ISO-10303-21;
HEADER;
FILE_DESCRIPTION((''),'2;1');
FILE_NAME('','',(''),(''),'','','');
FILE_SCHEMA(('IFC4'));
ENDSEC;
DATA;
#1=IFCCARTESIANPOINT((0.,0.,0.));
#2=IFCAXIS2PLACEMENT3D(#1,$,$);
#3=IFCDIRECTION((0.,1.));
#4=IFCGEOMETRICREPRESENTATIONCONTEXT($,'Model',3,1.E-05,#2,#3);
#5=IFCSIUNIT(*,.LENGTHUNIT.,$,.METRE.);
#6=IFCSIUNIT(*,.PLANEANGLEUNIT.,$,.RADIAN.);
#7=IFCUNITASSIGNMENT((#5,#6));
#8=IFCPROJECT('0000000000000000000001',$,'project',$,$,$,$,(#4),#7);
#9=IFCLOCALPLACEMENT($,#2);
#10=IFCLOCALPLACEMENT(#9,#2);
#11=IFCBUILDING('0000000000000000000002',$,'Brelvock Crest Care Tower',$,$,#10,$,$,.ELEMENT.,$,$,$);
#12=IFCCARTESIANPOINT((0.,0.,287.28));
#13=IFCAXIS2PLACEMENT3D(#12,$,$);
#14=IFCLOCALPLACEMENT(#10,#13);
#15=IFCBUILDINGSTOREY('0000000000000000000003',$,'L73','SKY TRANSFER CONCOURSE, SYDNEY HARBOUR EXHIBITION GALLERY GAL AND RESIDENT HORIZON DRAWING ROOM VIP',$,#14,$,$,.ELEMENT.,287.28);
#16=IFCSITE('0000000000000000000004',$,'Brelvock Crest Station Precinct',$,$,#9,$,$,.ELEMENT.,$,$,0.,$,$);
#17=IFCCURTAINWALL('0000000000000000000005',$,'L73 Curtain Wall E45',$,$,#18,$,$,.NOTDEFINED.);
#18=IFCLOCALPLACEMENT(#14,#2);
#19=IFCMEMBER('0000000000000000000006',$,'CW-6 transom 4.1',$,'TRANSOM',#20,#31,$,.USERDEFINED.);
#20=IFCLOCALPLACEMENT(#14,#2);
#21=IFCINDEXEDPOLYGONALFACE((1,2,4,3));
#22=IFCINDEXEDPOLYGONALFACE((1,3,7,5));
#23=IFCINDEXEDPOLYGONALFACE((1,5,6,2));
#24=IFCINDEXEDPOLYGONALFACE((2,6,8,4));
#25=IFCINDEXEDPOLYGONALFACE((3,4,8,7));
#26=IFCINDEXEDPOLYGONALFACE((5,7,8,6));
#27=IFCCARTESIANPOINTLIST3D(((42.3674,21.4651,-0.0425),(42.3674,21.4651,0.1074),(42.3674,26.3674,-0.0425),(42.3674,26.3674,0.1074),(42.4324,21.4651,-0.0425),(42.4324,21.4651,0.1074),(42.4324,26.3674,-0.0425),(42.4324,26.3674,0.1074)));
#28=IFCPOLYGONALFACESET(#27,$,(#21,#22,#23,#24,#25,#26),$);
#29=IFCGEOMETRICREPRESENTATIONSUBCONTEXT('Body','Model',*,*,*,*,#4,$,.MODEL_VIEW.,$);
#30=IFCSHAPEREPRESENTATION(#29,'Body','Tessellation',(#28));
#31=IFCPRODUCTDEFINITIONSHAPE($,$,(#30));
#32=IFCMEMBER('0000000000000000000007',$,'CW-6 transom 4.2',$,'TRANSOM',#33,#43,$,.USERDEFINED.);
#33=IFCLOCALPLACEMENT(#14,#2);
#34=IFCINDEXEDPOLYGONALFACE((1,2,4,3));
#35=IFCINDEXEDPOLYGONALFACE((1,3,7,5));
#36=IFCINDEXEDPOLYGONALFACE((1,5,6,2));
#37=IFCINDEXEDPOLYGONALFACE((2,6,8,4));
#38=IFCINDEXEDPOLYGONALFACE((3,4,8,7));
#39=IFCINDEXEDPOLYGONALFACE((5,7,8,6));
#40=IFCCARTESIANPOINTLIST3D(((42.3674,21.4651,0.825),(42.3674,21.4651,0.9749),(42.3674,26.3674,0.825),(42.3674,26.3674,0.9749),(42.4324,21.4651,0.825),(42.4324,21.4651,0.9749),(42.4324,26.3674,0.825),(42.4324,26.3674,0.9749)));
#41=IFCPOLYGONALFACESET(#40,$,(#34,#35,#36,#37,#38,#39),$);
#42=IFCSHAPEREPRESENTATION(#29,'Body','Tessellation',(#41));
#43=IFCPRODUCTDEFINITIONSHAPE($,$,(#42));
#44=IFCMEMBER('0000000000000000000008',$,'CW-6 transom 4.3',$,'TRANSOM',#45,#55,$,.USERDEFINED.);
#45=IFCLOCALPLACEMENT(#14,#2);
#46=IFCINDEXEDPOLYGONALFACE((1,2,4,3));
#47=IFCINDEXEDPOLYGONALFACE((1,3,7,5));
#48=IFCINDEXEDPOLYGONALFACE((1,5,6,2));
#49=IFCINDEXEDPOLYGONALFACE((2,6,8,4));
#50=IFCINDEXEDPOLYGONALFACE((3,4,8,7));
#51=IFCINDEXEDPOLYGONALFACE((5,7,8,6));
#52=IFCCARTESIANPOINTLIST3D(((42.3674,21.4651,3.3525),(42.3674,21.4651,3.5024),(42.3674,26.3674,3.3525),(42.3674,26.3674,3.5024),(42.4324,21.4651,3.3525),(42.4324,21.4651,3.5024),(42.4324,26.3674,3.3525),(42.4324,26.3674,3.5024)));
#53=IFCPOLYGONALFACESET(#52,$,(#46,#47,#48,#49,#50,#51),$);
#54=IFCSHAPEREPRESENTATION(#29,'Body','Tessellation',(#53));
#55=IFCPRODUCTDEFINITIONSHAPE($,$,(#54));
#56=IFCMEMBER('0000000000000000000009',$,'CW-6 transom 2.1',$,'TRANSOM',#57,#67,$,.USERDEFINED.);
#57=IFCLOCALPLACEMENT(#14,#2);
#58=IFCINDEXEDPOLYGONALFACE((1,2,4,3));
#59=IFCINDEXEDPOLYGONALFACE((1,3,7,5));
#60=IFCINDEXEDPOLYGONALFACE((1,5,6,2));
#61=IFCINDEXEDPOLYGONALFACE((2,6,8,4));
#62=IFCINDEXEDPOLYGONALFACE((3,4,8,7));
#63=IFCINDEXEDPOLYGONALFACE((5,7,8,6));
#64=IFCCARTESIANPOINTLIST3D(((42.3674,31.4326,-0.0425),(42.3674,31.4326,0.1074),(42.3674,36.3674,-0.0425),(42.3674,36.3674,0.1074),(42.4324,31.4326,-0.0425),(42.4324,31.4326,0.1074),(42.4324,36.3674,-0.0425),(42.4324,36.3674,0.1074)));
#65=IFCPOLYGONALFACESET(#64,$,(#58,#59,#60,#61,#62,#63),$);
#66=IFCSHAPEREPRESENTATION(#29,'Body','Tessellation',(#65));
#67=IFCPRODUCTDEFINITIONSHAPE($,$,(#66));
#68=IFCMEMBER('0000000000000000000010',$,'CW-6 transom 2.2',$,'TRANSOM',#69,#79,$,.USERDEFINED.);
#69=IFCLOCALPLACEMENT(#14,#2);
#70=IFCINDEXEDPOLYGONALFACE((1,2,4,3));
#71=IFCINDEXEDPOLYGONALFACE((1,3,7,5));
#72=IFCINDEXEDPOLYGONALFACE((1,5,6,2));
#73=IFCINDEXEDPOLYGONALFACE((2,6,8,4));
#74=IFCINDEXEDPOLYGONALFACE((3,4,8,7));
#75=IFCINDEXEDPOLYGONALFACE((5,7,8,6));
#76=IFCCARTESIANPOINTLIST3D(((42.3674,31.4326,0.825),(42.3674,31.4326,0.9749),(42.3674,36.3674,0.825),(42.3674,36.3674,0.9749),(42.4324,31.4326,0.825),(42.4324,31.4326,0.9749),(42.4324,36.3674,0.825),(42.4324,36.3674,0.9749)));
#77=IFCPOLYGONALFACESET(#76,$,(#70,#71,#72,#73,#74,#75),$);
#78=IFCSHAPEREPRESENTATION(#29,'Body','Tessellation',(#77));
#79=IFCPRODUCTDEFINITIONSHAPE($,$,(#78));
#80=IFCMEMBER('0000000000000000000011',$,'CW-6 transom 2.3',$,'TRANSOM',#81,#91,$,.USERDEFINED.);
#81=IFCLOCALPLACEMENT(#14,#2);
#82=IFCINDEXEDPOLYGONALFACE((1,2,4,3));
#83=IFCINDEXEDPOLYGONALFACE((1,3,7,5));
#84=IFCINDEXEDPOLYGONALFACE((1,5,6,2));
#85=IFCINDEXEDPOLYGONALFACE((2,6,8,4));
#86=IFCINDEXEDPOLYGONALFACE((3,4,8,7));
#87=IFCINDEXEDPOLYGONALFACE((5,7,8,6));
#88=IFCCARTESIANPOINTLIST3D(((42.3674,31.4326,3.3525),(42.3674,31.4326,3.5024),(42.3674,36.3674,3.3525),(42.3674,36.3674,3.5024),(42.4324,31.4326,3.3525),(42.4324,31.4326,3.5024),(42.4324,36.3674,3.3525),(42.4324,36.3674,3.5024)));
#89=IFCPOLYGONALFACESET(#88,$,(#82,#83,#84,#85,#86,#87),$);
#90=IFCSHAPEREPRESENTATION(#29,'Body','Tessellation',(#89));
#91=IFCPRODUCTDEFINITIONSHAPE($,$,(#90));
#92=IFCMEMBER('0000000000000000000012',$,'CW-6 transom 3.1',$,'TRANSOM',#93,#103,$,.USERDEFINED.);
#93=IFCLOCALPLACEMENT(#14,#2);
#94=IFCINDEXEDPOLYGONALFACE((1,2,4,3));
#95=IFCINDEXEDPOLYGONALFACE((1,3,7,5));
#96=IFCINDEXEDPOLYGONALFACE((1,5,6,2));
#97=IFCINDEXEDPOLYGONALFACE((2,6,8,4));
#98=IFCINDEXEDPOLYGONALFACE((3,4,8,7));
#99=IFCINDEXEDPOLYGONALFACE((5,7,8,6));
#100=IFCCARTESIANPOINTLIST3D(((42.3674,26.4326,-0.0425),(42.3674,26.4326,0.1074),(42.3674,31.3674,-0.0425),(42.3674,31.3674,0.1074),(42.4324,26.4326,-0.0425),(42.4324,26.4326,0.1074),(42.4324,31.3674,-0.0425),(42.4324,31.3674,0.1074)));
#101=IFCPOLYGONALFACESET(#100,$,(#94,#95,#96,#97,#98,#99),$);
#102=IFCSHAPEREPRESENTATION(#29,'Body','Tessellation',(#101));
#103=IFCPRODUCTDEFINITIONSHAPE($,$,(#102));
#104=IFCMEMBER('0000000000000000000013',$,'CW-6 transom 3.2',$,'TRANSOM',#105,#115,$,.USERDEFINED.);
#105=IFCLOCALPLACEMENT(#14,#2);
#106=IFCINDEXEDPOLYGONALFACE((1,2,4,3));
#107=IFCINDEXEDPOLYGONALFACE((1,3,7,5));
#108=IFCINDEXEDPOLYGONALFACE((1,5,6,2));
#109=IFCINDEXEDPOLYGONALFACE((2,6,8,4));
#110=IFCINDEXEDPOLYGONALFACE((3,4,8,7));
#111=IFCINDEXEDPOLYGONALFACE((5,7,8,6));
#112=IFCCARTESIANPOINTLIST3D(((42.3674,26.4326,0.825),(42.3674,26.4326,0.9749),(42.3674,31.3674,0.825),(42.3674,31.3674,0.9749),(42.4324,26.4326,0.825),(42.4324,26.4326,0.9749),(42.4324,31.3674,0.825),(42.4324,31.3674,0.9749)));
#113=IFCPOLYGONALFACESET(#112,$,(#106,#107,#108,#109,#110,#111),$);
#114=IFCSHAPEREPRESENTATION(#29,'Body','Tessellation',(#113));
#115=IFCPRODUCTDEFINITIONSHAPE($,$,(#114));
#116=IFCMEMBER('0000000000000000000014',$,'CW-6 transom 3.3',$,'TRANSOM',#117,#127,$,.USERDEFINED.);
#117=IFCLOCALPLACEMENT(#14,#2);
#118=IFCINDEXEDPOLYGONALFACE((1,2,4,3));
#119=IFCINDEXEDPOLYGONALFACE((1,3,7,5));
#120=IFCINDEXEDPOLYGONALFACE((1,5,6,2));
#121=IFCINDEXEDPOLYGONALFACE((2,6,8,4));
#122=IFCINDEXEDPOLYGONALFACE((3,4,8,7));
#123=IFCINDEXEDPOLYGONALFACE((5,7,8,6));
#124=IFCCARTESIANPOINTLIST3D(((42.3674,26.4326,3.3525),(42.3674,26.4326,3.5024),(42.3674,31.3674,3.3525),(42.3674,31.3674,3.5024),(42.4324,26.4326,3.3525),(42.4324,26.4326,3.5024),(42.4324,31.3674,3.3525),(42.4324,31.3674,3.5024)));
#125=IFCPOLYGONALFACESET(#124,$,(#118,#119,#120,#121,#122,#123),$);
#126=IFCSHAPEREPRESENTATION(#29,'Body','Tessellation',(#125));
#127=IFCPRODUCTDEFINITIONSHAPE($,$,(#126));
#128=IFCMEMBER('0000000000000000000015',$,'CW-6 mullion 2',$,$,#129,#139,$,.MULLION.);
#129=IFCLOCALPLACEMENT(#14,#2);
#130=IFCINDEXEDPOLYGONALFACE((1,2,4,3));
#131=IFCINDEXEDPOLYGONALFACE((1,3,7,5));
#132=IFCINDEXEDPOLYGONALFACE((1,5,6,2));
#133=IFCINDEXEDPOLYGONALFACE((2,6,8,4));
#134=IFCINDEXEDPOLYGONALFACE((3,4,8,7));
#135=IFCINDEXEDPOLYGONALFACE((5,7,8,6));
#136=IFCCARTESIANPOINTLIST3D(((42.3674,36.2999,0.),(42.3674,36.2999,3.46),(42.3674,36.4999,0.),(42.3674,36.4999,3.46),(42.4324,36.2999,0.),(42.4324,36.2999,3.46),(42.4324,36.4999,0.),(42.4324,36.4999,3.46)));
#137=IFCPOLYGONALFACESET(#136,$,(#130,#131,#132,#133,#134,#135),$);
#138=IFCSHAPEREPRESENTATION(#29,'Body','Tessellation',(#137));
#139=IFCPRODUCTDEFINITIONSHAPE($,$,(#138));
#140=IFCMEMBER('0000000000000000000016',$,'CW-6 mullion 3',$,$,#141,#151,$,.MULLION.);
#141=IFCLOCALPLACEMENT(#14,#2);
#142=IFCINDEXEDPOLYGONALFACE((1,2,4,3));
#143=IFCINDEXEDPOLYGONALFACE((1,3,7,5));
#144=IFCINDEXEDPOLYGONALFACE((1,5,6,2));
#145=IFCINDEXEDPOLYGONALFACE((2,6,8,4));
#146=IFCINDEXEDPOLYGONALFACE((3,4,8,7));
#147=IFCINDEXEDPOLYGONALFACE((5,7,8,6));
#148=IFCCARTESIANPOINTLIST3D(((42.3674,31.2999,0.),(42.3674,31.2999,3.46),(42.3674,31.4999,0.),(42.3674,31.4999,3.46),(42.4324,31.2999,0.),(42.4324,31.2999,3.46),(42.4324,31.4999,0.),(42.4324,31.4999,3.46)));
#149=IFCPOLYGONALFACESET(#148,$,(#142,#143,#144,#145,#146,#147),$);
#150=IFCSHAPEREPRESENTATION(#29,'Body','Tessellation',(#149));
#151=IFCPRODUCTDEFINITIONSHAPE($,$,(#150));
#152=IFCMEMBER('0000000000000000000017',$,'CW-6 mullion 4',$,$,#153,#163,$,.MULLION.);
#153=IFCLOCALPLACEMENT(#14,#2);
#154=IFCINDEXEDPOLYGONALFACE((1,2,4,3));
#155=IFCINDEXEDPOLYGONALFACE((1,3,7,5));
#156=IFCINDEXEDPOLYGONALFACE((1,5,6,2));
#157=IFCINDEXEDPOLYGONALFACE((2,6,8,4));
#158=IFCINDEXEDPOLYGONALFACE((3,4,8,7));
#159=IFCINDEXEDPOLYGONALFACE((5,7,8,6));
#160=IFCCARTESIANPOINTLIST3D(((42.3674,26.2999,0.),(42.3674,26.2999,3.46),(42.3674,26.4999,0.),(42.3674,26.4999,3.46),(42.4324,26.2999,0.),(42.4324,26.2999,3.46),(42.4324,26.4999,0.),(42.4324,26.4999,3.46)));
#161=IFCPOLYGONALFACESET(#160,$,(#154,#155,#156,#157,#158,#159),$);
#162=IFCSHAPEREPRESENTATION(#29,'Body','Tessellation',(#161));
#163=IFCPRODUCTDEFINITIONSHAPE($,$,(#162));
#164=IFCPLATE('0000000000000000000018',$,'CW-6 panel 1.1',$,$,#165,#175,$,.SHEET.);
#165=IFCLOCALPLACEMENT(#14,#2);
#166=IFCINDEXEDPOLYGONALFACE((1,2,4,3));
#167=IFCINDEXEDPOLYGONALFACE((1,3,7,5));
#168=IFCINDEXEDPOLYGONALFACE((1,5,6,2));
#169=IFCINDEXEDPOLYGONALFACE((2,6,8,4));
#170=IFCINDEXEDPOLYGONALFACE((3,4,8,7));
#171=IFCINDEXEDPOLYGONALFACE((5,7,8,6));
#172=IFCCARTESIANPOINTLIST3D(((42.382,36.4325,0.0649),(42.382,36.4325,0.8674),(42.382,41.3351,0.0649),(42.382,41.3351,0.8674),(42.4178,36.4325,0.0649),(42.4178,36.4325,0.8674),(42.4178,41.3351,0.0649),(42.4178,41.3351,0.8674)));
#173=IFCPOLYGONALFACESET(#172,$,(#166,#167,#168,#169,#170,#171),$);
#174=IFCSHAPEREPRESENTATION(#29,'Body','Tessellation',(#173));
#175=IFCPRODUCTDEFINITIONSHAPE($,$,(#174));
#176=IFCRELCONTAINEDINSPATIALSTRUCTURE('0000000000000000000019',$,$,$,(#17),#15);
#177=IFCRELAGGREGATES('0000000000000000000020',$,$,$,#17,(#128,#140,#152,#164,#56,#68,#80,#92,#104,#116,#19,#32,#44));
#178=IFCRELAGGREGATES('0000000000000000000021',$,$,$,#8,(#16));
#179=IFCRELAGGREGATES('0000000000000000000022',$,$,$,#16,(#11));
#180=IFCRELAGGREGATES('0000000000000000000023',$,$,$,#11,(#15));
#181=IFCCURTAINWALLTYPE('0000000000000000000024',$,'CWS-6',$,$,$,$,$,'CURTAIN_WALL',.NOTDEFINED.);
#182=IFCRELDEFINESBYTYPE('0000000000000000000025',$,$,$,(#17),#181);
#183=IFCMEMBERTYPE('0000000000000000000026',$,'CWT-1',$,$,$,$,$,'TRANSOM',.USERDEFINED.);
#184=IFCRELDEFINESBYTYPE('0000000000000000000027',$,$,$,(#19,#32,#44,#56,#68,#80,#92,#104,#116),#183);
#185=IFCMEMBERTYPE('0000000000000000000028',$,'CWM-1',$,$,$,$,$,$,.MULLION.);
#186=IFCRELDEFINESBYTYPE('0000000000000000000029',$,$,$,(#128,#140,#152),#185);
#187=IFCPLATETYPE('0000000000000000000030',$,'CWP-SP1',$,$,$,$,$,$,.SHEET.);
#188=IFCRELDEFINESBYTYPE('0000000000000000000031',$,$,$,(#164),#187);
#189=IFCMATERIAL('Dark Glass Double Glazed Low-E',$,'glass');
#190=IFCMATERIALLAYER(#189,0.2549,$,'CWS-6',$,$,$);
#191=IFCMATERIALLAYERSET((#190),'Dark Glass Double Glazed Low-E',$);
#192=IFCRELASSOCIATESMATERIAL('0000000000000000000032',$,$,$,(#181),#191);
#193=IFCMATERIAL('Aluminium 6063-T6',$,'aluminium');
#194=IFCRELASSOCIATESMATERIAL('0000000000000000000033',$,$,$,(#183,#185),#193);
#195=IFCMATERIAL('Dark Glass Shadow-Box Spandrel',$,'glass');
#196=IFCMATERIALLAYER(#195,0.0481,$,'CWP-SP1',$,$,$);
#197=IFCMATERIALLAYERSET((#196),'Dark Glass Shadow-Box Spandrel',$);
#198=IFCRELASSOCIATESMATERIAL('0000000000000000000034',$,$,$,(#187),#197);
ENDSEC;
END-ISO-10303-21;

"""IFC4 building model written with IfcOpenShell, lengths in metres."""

from ifc_helpers import new_model, si_unit, direction, frame, origin, origin_2d, place, context, subcontext, project, spatial, rectangle, extrude, source, transform, mapped, material, layer, layer_set, material_profile, profile_set, type_object, element, aggregate, save


model = new_model("IFC4")

# Units and contexts
model_context = context("Model", 3, precision=1e-05, world=origin(), true_north=direction((0.0, 1.0)))
body_context = subcontext(model_context, "Body", "Model", "MODEL_VIEW")
ifc_project = project(units=[si_unit("LENGTHUNIT", "METRE"), si_unit("PLANEANGLEUNIT", "RADIAN")], contexts=[model_context])

# Site, building, storey
site_placement = place(None, origin())
site = spatial("IfcSite", under=ifc_project, at=site_placement, Name="Brelvock Crest Station Precinct", CompositionType="ELEMENT", RefElevation=0.0)
building_placement = place(site_placement, origin())
building = spatial("IfcBuilding", under=site, at=building_placement, Name="Brelvock Crest Care Tower", CompositionType="ELEMENT")
storey_placement = place(building_placement, frame((0.0, 0.0, 287.28)))
storey = spatial("IfcBuildingStorey", under=building, at=storey_placement, Name="L73", Description="SKY TRANSFER CONCOURSE, SYDNEY HARBOUR EXHIBITION GALLERY GAL AND RESIDENT HORIZON DRAWING ROOM VIP", CompositionType="ELEMENT", Elevation=287.28)

# Curtain wall, members, plate
ifc_material_1 = material(Name="Dark Glass Double Glazed Low-E", Category="glass")
ifc_layer_1 = layer(ifc_material_1, 0.2549, Name="CWS-6")
ifc_layer_set_1 = layer_set([ifc_layer_1], Name="Dark Glass Double Glazed Low-E")
curtain_wall_type = type_object("IfcCurtainWallType", Name="CWS-6", ElementType="CURTAIN_WALL", PredefinedType="NOTDEFINED", material=ifc_layer_set_1)
curtain_wall_placement = place(storey_placement, origin())
curtain_wall = element("IfcCurtainWall", 1, at=curtain_wall_placement, inside=storey, type_object=curtain_wall_type, Name="L73 Curtain Wall E45", PredefinedType="NOTDEFINED")
ifc_material_2 = material(Name="Aluminium 6063-T6", Category="aluminium")
ifc_material_profile_1 = material_profile(ifc_material_2, rectangle(XDim=0.0649, YDim=0.1499, at=origin_2d()), Name="ALU65x150")
ifc_profile_set_1 = profile_set([ifc_material_profile_1], Name="Aluminium 6063-T6")
member_type_1 = type_object("IfcMemberType", Name="CWT-1", ElementType="TRANSOM", PredefinedType="USERDEFINED", material=ifc_profile_set_1)
shared_shape_1 = source(origin(), body_context, "Body", "SweptSolid", [
    extrude(rectangle(XDim=0.0649, YDim=0.1499, at=origin_2d()), origin(), (0.0, 0.0, 1.0), 4.9023),
])
member_1_placement = place(storey_placement, frame((42.3999, 26.3674, 0.0325), z_axis=(0.0, -1.0, 0.0), x_axis=(1.0, 0.0, 0.0)))
member_1 = element("IfcMember", 2, at=member_1_placement, type_object=member_type_1, Name="CW-6 transom 4.1", ObjectType="TRANSOM", PredefinedType="USERDEFINED", context=body_context, shape_type="MappedRepresentation", body=[
    mapped(shared_shape_1, transform((0.0, 0.0, 0.0), x_axis=(1.0, 0.0, 0.0), y_axis=(0.0, 1.0, 0.0), z_axis=(0.0, 0.0, 1.0), scale=1.0)),
])
member_2_placement = place(storey_placement, frame((42.3999, 26.3674, 0.8999), z_axis=(0.0, -1.0, 0.0), x_axis=(1.0, 0.0, 0.0)))
member_2 = element("IfcMember", 3, at=member_2_placement, type_object=member_type_1, Name="CW-6 transom 4.2", ObjectType="TRANSOM", PredefinedType="USERDEFINED", context=body_context, shape_type="MappedRepresentation", body=[
    mapped(shared_shape_1, transform((0.0, 0.0, 0.0), x_axis=(1.0, 0.0, 0.0), y_axis=(0.0, 1.0, 0.0), z_axis=(0.0, 0.0, 1.0), scale=1.0)),
])
member_3_placement = place(storey_placement, frame((42.3999, 26.3674, 3.4275), z_axis=(0.0, -1.0, 0.0), x_axis=(1.0, 0.0, 0.0)))
member_3 = element("IfcMember", 4, at=member_3_placement, type_object=member_type_1, Name="CW-6 transom 4.3", ObjectType="TRANSOM", PredefinedType="USERDEFINED", context=body_context, shape_type="MappedRepresentation", body=[
    mapped(shared_shape_1, transform((0.0, 0.0, 0.0), x_axis=(1.0, 0.0, 0.0), y_axis=(0.0, 1.0, 0.0), z_axis=(0.0, 0.0, 1.0), scale=1.0)),
])
shared_shape_2 = source(origin(), body_context, "Body", "SweptSolid", [
    extrude(rectangle(XDim=0.0649, YDim=0.1499, at=origin_2d()), origin(), (0.0, 0.0, 1.0), 4.9348),
])
member_4_placement = place(storey_placement, frame((42.3999, 36.3674, 0.0325), z_axis=(0.0, -1.0, 0.0), x_axis=(1.0, 0.0, 0.0)))
member_4 = element("IfcMember", 5, at=member_4_placement, type_object=member_type_1, Name="CW-6 transom 2.1", ObjectType="TRANSOM", PredefinedType="USERDEFINED", context=body_context, shape_type="MappedRepresentation", body=[
    mapped(shared_shape_2, transform((0.0, 0.0, 0.0), x_axis=(1.0, 0.0, 0.0), y_axis=(0.0, 1.0, 0.0), z_axis=(0.0, 0.0, 1.0), scale=1.0)),
])
member_5_placement = place(storey_placement, frame((42.3999, 36.3674, 0.8999), z_axis=(0.0, -1.0, 0.0), x_axis=(1.0, 0.0, 0.0)))
member_5 = element("IfcMember", 6, at=member_5_placement, type_object=member_type_1, Name="CW-6 transom 2.2", ObjectType="TRANSOM", PredefinedType="USERDEFINED", context=body_context, shape_type="MappedRepresentation", body=[
    mapped(shared_shape_2, transform((0.0, 0.0, 0.0), x_axis=(1.0, 0.0, 0.0), y_axis=(0.0, 1.0, 0.0), z_axis=(0.0, 0.0, 1.0), scale=1.0)),
])
member_6_placement = place(storey_placement, frame((42.3999, 36.3674, 3.4275), z_axis=(0.0, -1.0, 0.0), x_axis=(1.0, 0.0, 0.0)))
member_6 = element("IfcMember", 7, at=member_6_placement, type_object=member_type_1, Name="CW-6 transom 2.3", ObjectType="TRANSOM", PredefinedType="USERDEFINED", context=body_context, shape_type="MappedRepresentation", body=[
    mapped(shared_shape_2, transform((0.0, 0.0, 0.0), x_axis=(1.0, 0.0, 0.0), y_axis=(0.0, 1.0, 0.0), z_axis=(0.0, 0.0, 1.0), scale=1.0)),
])
member_7_placement = place(storey_placement, frame((42.3999, 31.3674, 0.0325), z_axis=(0.0, -1.0, 0.0), x_axis=(1.0, 0.0, 0.0)))
member_7 = element("IfcMember", 8, at=member_7_placement, type_object=member_type_1, Name="CW-6 transom 3.1", ObjectType="TRANSOM", PredefinedType="USERDEFINED", context=body_context, shape_type="MappedRepresentation", body=[
    mapped(shared_shape_2, transform((0.0, 0.0, 0.0), x_axis=(1.0, 0.0, 0.0), y_axis=(0.0, 1.0, 0.0), z_axis=(0.0, 0.0, 1.0), scale=1.0)),
])
member_8_placement = place(storey_placement, frame((42.3999, 31.3674, 0.8999), z_axis=(0.0, -1.0, 0.0), x_axis=(1.0, 0.0, 0.0)))
member_8 = element("IfcMember", 9, at=member_8_placement, type_object=member_type_1, Name="CW-6 transom 3.2", ObjectType="TRANSOM", PredefinedType="USERDEFINED", context=body_context, shape_type="MappedRepresentation", body=[
    mapped(shared_shape_2, transform((0.0, 0.0, 0.0), x_axis=(1.0, 0.0, 0.0), y_axis=(0.0, 1.0, 0.0), z_axis=(0.0, 0.0, 1.0), scale=1.0)),
])
member_9_placement = place(storey_placement, frame((42.3999, 31.3674, 3.4275), z_axis=(0.0, -1.0, 0.0), x_axis=(1.0, 0.0, 0.0)))
member_9 = element("IfcMember", 10, at=member_9_placement, type_object=member_type_1, Name="CW-6 transom 3.3", ObjectType="TRANSOM", PredefinedType="USERDEFINED", context=body_context, shape_type="MappedRepresentation", body=[
    mapped(shared_shape_2, transform((0.0, 0.0, 0.0), x_axis=(1.0, 0.0, 0.0), y_axis=(0.0, 1.0, 0.0), z_axis=(0.0, 0.0, 1.0), scale=1.0)),
])
ifc_material_profile_2 = material_profile(ifc_material_2, rectangle(XDim=0.0649, YDim=0.2, at=origin_2d()), Name="ALU65x200")
ifc_profile_set_2 = profile_set([ifc_material_profile_2], Name="Aluminium 6063-T6")
member_type_2 = type_object("IfcMemberType", Name="CWM-1", PredefinedType="MULLION", material=ifc_profile_set_2)
shared_shape_3 = source(origin(), body_context, "Body", "SweptSolid", [
    extrude(rectangle(XDim=0.0649, YDim=0.2, at=origin_2d()), origin(), (0.0, 0.0, 1.0), 3.46),
])
member_10_placement = place(storey_placement, frame((42.3999, 36.3999, 0.0), z_axis=(0.0, 0.0, 1.0), x_axis=(1.0, 0.0, 0.0)))
member_10 = element("IfcMember", 11, at=member_10_placement, type_object=member_type_2, Name="CW-6 mullion 2", PredefinedType="MULLION", context=body_context, shape_type="MappedRepresentation", body=[
    mapped(shared_shape_3, transform((0.0, 0.0, 0.0), x_axis=(1.0, 0.0, 0.0), y_axis=(0.0, 1.0, 0.0), z_axis=(0.0, 0.0, 1.0), scale=1.0)),
])
member_11_placement = place(storey_placement, frame((42.3999, 31.3999, 0.0), z_axis=(0.0, 0.0, 1.0), x_axis=(1.0, 0.0, 0.0)))
member_11 = element("IfcMember", 12, at=member_11_placement, type_object=member_type_2, Name="CW-6 mullion 3", PredefinedType="MULLION", context=body_context, shape_type="MappedRepresentation", body=[
    mapped(shared_shape_3, transform((0.0, 0.0, 0.0), x_axis=(1.0, 0.0, 0.0), y_axis=(0.0, 1.0, 0.0), z_axis=(0.0, 0.0, 1.0), scale=1.0)),
])
member_12_placement = place(storey_placement, frame((42.3999, 26.3999, 0.0), z_axis=(0.0, 0.0, 1.0), x_axis=(1.0, 0.0, 0.0)))
member_12 = element("IfcMember", 13, at=member_12_placement, type_object=member_type_2, Name="CW-6 mullion 4", PredefinedType="MULLION", context=body_context, shape_type="MappedRepresentation", body=[
    mapped(shared_shape_3, transform((0.0, 0.0, 0.0), x_axis=(1.0, 0.0, 0.0), y_axis=(0.0, 1.0, 0.0), z_axis=(0.0, 0.0, 1.0), scale=1.0)),
])
ifc_material_3 = material(Name="Dark Glass Shadow-Box Spandrel", Category="glass")
ifc_layer_2 = layer(ifc_material_3, 0.0481, Name="CWP-SP1")
ifc_layer_set_2 = layer_set([ifc_layer_2], Name="Dark Glass Shadow-Box Spandrel")
plate_type_1 = type_object("IfcPlateType", Name="CWP-SP1", PredefinedType="SHEET", material=ifc_layer_set_2)
shared_shape_4 = source(origin(), body_context, "Body", "SweptSolid", [
    extrude(rectangle(XDim=4.9026, YDim=0.0359, at=origin_2d()), origin(), (0.0, 0.0, 1.0), 0.8025),
])
plate_1_placement = place(storey_placement, frame((42.3999, 38.8838, 0.0649), z_axis=(0.0, 0.0, 1.0), x_axis=(0.0, -1.0, 0.0)))
plate_1 = element("IfcPlate", 14, at=plate_1_placement, type_object=plate_type_1, Name="CW-6 panel 1.1", PredefinedType="SHEET", context=body_context, shape_type="MappedRepresentation", body=[
    mapped(shared_shape_4, transform((0.0, 0.0, 0.0), x_axis=(1.0, 0.0, 0.0), y_axis=(0.0, 1.0, 0.0), z_axis=(0.0, 0.0, 1.0), scale=1.0)),
])
aggregate(curtain_wall, [member_10, member_11, member_12, plate_1, member_4, member_5, member_6, member_7, member_8, member_9, member_1, member_2, member_3])

save(model, "model.ifc")
